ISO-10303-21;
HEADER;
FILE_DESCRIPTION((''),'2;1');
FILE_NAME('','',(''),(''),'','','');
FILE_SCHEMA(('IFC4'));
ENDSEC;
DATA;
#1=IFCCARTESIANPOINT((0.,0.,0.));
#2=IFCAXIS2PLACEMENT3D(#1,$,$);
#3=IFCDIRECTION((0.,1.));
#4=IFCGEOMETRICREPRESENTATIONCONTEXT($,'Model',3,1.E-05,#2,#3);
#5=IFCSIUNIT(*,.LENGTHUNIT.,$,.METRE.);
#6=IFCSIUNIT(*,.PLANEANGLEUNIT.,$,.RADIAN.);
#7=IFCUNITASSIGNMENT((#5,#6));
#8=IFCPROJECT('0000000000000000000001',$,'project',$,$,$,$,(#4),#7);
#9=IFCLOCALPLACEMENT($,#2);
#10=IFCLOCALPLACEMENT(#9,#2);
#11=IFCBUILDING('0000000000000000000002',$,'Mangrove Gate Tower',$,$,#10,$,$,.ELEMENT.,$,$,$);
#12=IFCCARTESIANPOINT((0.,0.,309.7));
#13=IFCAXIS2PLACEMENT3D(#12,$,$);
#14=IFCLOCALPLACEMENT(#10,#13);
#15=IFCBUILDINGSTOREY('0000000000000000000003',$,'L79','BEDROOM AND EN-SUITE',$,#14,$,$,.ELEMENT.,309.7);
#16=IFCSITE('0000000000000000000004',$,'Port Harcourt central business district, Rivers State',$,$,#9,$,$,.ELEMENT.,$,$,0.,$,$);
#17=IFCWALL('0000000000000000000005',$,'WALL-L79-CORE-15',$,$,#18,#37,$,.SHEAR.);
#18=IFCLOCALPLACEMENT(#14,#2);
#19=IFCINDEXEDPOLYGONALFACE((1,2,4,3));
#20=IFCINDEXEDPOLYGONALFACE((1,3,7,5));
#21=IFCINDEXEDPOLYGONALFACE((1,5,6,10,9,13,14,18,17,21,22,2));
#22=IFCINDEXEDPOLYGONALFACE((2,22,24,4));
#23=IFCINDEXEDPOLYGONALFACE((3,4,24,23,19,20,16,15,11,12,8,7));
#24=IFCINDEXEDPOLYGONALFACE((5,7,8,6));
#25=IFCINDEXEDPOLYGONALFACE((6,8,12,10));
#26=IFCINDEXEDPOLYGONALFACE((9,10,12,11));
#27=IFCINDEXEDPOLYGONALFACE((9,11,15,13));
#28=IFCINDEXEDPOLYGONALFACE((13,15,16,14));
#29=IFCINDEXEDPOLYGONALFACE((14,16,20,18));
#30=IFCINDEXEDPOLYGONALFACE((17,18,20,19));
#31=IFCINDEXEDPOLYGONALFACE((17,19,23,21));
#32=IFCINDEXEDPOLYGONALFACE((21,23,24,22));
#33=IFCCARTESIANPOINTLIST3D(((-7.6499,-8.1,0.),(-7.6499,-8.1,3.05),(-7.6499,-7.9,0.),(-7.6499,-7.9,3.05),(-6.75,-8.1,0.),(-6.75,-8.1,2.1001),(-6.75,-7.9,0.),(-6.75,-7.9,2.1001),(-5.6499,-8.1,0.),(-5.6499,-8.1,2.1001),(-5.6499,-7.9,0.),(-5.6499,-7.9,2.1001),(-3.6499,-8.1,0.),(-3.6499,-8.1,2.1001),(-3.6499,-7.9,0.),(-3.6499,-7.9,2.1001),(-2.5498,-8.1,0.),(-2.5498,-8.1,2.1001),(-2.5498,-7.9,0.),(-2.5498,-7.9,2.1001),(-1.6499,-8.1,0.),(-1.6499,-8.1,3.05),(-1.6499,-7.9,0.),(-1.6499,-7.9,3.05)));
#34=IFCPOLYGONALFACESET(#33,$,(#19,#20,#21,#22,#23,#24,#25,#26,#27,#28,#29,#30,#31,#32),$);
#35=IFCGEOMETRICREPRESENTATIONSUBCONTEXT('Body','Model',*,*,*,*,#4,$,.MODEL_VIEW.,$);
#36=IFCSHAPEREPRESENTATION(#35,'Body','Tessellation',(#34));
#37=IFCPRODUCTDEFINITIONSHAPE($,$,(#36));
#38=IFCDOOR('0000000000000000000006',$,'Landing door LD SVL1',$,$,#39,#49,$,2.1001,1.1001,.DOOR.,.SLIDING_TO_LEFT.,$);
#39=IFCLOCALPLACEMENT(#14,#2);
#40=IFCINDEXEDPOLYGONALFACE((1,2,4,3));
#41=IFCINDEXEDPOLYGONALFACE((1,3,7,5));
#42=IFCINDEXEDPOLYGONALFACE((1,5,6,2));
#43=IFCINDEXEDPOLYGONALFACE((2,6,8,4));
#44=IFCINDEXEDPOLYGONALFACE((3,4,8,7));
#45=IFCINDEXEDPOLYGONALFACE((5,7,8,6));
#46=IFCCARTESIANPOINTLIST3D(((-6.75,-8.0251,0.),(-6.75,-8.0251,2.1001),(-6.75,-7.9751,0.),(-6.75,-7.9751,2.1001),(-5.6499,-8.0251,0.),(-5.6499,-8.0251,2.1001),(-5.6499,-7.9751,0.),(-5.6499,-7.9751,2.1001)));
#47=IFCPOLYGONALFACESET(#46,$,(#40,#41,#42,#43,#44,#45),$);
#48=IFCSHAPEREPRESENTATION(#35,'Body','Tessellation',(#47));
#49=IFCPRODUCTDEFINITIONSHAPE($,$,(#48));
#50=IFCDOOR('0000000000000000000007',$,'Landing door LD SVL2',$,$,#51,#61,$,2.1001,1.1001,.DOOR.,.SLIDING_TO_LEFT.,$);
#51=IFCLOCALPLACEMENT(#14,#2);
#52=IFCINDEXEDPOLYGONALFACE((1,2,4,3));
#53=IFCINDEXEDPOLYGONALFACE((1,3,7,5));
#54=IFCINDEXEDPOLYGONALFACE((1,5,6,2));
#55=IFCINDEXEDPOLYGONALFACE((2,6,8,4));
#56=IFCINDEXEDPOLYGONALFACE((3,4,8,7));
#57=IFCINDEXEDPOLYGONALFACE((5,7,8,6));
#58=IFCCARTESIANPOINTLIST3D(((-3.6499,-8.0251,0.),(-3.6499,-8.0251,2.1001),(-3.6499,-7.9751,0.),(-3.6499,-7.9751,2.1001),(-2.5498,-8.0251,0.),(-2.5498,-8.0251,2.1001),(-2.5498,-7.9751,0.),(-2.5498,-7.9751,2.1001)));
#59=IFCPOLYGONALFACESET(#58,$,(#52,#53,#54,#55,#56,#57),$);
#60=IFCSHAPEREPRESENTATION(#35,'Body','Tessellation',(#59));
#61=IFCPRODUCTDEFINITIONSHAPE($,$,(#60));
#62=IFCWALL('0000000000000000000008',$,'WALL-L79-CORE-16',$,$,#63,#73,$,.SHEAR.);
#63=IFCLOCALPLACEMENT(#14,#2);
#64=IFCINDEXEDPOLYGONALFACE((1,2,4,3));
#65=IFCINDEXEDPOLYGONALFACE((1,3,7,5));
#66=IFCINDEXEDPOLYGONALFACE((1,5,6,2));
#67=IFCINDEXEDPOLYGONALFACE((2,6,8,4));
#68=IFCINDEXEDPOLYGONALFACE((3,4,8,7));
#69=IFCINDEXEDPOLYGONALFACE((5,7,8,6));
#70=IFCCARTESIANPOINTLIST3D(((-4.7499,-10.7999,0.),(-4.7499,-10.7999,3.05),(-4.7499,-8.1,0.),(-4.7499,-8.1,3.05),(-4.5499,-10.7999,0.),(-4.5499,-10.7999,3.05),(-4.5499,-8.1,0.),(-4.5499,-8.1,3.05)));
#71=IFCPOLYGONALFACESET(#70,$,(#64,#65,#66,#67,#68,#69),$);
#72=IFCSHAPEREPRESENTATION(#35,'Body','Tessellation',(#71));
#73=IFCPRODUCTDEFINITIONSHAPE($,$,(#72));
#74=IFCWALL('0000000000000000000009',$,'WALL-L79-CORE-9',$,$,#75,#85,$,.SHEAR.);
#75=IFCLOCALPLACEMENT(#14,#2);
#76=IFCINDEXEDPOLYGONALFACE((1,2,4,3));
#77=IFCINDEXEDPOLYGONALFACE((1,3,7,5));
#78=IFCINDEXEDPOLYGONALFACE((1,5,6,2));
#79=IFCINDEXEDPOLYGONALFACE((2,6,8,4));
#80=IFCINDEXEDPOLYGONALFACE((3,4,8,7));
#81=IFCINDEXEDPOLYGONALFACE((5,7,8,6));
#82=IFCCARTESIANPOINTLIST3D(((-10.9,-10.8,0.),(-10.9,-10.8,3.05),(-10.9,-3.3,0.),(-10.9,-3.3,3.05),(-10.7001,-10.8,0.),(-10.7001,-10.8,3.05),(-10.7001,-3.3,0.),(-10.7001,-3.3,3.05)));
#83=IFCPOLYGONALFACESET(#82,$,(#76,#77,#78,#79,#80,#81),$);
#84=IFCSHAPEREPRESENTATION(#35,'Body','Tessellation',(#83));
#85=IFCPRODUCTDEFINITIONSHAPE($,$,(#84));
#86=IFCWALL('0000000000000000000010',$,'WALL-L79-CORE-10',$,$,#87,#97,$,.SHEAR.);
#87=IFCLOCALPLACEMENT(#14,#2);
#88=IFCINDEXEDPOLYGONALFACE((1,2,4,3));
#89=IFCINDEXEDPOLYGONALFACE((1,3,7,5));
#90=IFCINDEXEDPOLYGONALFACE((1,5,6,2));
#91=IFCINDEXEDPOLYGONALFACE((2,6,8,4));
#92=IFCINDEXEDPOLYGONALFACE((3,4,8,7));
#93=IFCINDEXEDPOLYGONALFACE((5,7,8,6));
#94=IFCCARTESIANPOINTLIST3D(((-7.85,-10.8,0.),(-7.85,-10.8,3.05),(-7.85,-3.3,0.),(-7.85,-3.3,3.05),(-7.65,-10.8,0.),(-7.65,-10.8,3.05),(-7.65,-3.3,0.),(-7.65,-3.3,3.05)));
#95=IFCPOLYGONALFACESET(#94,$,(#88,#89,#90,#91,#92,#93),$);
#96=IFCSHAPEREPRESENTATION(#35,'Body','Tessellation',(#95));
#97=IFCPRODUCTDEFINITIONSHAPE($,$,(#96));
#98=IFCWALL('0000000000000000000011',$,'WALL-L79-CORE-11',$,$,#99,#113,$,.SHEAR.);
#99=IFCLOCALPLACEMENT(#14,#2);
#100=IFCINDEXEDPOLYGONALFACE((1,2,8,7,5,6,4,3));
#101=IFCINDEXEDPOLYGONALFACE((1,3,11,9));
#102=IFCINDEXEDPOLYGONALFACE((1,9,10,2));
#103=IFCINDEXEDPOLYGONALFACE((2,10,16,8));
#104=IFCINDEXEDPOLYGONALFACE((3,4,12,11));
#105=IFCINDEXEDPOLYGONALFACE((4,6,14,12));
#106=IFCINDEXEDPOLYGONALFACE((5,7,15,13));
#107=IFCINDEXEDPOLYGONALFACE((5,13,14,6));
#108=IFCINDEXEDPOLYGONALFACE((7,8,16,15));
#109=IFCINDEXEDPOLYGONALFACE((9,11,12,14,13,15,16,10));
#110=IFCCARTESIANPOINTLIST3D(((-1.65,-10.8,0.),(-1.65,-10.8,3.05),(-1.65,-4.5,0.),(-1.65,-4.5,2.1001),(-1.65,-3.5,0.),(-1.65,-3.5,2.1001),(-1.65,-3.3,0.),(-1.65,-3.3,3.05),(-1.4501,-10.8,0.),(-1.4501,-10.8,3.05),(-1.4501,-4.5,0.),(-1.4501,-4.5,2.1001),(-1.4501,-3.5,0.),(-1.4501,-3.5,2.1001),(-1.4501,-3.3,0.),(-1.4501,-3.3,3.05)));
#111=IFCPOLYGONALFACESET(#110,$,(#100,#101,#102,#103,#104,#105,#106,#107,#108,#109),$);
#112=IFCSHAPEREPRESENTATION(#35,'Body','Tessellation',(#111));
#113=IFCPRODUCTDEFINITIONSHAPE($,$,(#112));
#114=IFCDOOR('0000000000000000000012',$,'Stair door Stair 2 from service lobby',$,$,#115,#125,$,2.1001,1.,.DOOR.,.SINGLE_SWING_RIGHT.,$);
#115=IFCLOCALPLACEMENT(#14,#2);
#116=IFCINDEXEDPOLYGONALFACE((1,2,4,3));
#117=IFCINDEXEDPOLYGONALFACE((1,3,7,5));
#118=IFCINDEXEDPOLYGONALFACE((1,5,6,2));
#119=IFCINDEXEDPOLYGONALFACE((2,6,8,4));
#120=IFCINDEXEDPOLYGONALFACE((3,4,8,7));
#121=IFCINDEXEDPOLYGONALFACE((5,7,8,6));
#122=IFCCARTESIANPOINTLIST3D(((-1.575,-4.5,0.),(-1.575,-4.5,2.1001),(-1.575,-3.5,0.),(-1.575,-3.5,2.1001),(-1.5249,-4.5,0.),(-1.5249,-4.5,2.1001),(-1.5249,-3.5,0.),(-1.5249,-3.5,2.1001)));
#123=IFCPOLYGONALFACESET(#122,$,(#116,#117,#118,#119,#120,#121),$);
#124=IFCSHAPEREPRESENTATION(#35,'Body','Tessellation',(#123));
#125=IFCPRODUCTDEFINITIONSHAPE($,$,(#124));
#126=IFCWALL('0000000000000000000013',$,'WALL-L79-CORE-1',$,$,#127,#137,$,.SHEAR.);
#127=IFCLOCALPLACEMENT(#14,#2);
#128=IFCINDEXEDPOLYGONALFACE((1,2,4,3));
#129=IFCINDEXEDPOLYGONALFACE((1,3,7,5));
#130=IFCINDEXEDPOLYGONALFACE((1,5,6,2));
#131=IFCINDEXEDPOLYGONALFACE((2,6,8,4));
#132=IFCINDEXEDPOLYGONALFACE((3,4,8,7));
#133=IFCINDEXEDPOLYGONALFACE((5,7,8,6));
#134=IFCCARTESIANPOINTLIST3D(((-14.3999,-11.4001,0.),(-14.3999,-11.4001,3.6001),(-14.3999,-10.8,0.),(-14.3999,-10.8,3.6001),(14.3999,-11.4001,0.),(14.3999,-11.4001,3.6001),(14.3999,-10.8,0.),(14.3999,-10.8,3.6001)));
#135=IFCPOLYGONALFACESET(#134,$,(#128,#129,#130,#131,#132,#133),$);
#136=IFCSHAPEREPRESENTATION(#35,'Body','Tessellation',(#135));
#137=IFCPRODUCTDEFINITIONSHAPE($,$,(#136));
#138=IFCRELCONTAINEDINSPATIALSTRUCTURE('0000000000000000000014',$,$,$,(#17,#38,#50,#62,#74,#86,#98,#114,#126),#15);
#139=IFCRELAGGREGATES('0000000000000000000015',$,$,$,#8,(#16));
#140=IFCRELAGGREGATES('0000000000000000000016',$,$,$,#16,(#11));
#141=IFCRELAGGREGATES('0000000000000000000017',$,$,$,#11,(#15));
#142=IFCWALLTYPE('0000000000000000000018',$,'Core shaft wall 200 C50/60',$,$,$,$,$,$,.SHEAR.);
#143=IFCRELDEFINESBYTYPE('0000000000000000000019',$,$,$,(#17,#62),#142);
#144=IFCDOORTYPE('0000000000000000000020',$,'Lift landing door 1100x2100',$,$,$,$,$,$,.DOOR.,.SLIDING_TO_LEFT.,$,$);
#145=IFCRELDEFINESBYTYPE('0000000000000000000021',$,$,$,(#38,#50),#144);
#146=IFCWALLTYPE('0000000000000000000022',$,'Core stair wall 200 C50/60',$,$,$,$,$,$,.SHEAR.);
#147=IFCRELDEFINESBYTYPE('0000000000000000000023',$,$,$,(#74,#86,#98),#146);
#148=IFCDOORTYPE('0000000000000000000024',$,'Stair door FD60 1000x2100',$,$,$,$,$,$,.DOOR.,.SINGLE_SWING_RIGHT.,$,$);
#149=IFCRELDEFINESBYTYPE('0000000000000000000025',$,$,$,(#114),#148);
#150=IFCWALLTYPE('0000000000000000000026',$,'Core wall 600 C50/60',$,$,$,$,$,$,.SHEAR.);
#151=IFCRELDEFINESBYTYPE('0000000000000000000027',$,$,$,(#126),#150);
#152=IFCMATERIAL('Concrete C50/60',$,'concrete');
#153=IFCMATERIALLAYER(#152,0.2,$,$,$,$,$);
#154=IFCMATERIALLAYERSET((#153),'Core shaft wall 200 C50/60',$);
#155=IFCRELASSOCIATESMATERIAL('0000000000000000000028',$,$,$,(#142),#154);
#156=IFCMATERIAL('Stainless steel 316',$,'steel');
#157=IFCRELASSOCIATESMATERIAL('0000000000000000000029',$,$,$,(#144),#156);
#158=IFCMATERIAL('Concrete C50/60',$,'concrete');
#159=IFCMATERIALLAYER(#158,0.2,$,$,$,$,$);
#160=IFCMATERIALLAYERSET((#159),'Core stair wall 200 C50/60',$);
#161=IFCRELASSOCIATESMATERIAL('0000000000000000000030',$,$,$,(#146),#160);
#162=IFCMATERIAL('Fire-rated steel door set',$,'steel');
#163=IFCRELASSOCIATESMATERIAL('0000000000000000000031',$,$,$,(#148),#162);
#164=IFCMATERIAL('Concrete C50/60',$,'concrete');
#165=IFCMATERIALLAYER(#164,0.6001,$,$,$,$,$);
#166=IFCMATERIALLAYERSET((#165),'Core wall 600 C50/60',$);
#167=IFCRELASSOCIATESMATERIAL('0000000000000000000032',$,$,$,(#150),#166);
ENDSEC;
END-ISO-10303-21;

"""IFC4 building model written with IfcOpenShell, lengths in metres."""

from ifc_helpers import new_model, si_unit, direction, frame, frame_2d, origin, place, context, subcontext, project, spatial, rectangle, extrude, material, layer, layer_set, type_object, element, fill, save


model = new_model("IFC4")

# Units and contexts
model_context = context("Model", 3, precision=1e-05, world=origin(), true_north=direction((0.0, 1.0)))
body_context = subcontext(model_context, "Body", "Model", "MODEL_VIEW")
ifc_project = project(units=[si_unit("LENGTHUNIT", "METRE"), si_unit("PLANEANGLEUNIT", "RADIAN")], contexts=[model_context])

# Site, building, storey
site_placement = place(None, origin())
site = spatial("IfcSite", under=ifc_project, at=site_placement, Name="Port Harcourt central business district, Rivers State", CompositionType="ELEMENT", RefElevation=0.0)
building_placement = place(site_placement, origin())
building = spatial("IfcBuilding", under=site, at=building_placement, Name="Mangrove Gate Tower", CompositionType="ELEMENT")
storey_placement = place(building_placement, frame((0.0, 0.0, 309.7)))
storey = spatial("IfcBuildingStorey", under=building, at=storey_placement, Name="L79", Description="BEDROOM AND EN-SUITE", CompositionType="ELEMENT", Elevation=309.7)

# Wall, openings, doors
ifc_material_1 = material(Name="Concrete C50/60", Category="concrete")
ifc_layer_1 = layer(ifc_material_1, 0.2)
ifc_layer_set_1 = layer_set([ifc_layer_1], Name="Core shaft wall 200 C50/60")
wall_type_1 = type_object("IfcWallType", Name="Core shaft wall 200 C50/60", PredefinedType="SHEAR", material=ifc_layer_set_1)
wall_1_placement = place(storey_placement, frame((-7.6499, -8.0, 0.0), z_axis=(0.0, 0.0, 1.0), x_axis=(1.0, 0.0, 0.0)))
wall_1 = element("IfcWall", 1, at=wall_1_placement, inside=storey, type_object=wall_type_1, Name="WALL-L79-CORE-15", PredefinedType="SHEAR", context=body_context, shape_type="SweptSolid", body=[
    extrude(rectangle(XDim=6.0, YDim=0.2, at=frame_2d((3.0, 0.0))), origin(), (0.0, 0.0, 1.0), 3.05),
])
opening_1_placement = place(wall_1_placement, frame((0.8999, 0.0, 0.0)))
opening_1 = element("IfcOpeningElement", 2, at=opening_1_placement, cuts=wall_1, PredefinedType="OPENING", context=body_context, shape_type="SweptSolid", body=[
    extrude(rectangle(XDim=1.1001, YDim=2.1001, at=frame_2d((0.55, 1.05))), frame((0.0, 0.1099, 0.0), z_axis=(0.0, -1.0, 0.0), x_axis=(1.0, 0.0, 0.0)), (0.0, 0.0, 1.0), 0.22),
])
opening_2_placement = place(wall_1_placement, frame((4.0, 0.0, 0.0)))
opening_2 = element("IfcOpeningElement", 3, at=opening_2_placement, cuts=wall_1, PredefinedType="OPENING", context=body_context, shape_type="SweptSolid", body=[
    extrude(rectangle(XDim=1.1001, YDim=2.1001, at=frame_2d((0.55, 1.05))), frame((0.0, 0.1099, 0.0), z_axis=(0.0, -1.0, 0.0), x_axis=(1.0, 0.0, 0.0)), (0.0, 0.0, 1.0), 0.22),
])
ifc_material_2 = material(Name="Stainless steel 316", Category="steel")
door_type_1 = type_object("IfcDoorType", Name="Lift landing door 1100x2100", OperationType="SLIDING_TO_LEFT", PredefinedType="DOOR", material=ifc_material_2)
door_1_placement = place(opening_1_placement, origin())
door_1 = element("IfcDoor", 4, at=door_1_placement, inside=storey, type_object=door_type_1, Name="Landing door LD SVL1", OperationType="SLIDING_TO_LEFT", OverallHeight=2.1001, OverallWidth=1.1001, PredefinedType="DOOR", context=body_context, shape_type="SweptSolid", body=[
    extrude(rectangle(XDim=1.1001, YDim=2.1001, at=frame_2d((0.55, 1.05))), frame((0.0, 0.0249, 0.0), z_axis=(0.0, -1.0, 0.0), x_axis=(1.0, 0.0, 0.0)), (0.0, 0.0, 1.0), 0.05),
])
fill(opening_1, door_1)
door_2_placement = place(opening_2_placement, origin())
door_2 = element("IfcDoor", 5, at=door_2_placement, inside=storey, type_object=door_type_1, Name="Landing door LD SVL2", OperationType="SLIDING_TO_LEFT", OverallHeight=2.1001, OverallWidth=1.1001, PredefinedType="DOOR", context=body_context, shape_type="SweptSolid", body=[
    extrude(rectangle(XDim=1.1001, YDim=2.1001, at=frame_2d((0.55, 1.05))), frame((0.0, 0.0249, 0.0), z_axis=(0.0, -1.0, 0.0), x_axis=(1.0, 0.0, 0.0)), (0.0, 0.0, 1.0), 0.05),
])
fill(opening_2, door_2)

# Walls
wall_2_placement = place(storey_placement, frame((-4.6499, -10.8, 0.0), z_axis=(0.0, 0.0, 1.0), x_axis=(0.0, 1.0, 0.0)))
element("IfcWall", 6, at=wall_2_placement, inside=storey, type_object=wall_type_1, Name="WALL-L79-CORE-16", PredefinedType="SHEAR", context=body_context, shape_type="SweptSolid", body=[
    extrude(rectangle(XDim=2.7, YDim=0.2, at=frame_2d((1.3501, 0.0))), origin(), (0.0, 0.0, 1.0), 3.05),
])
ifc_material_3 = material(Name="Concrete C50/60", Category="concrete")
ifc_layer_2 = layer(ifc_material_3, 0.2)
ifc_layer_set_2 = layer_set([ifc_layer_2], Name="Core stair wall 200 C50/60")
wall_type_2 = type_object("IfcWallType", Name="Core stair wall 200 C50/60", PredefinedType="SHEAR", material=ifc_layer_set_2)
for number, where, z_axis, x_axis, name in (
    (7, (-10.8, -10.8, 0.0), (0.0, 0.0, 1.0), (0.0, 1.0, 0.0), "WALL-L79-CORE-9"),
    (8, (-7.75, -10.8, 0.0), (0.0, 0.0, 1.0), (0.0, 1.0, 0.0), "WALL-L79-CORE-10"),
):
    element("IfcWall", number, at=place(storey_placement, frame(where, z_axis=z_axis, x_axis=x_axis)), inside=storey, type_object=wall_type_2, Name=name, PredefinedType="SHEAR", context=body_context, shape_type="SweptSolid", body=[
        extrude(rectangle(XDim=7.5, YDim=0.2, at=frame_2d((3.75, 0.0))), origin(), (0.0, 0.0, 1.0), 3.05),
    ])

# Wall, opening, door
wall_3_placement = place(storey_placement, frame((-1.55, -10.8, 0.0), z_axis=(0.0, 0.0, 1.0), x_axis=(0.0, 1.0, 0.0)))
wall_3 = element("IfcWall", 9, at=wall_3_placement, inside=storey, type_object=wall_type_2, Name="WALL-L79-CORE-11", PredefinedType="SHEAR", context=body_context, shape_type="SweptSolid", body=[
    extrude(rectangle(XDim=7.5, YDim=0.2, at=frame_2d((3.75, 0.0))), origin(), (0.0, 0.0, 1.0), 3.05),
])
opening_3_placement = place(wall_3_placement, frame((6.3, 0.0, 0.0)))
opening_3 = element("IfcOpeningElement", 10, at=opening_3_placement, cuts=wall_3, PredefinedType="OPENING", context=body_context, shape_type="SweptSolid", body=[
    extrude(rectangle(XDim=1.0, YDim=2.1001, at=frame_2d((0.5, 1.05))), frame((0.0, 0.1099, 0.0), z_axis=(0.0, -1.0, 0.0), x_axis=(1.0, 0.0, 0.0)), (0.0, 0.0, 1.0), 0.22),
])
ifc_material_4 = material(Name="Fire-rated steel door set", Category="steel")
door_type_2 = type_object("IfcDoorType", Name="Stair door FD60 1000x2100", OperationType="SINGLE_SWING_RIGHT", PredefinedType="DOOR", material=ifc_material_4)
door_3_placement = place(opening_3_placement, origin())
door_3 = element("IfcDoor", 11, at=door_3_placement, inside=storey, type_object=door_type_2, Name="Stair door Stair 2 from service lobby", OperationType="SINGLE_SWING_RIGHT", OverallHeight=2.1001, OverallWidth=1.0, PredefinedType="DOOR", context=body_context, shape_type="SweptSolid", body=[
    extrude(rectangle(XDim=1.0, YDim=2.1001, at=frame_2d((0.5, 1.05))), frame((0.0, 0.0249, 0.0), z_axis=(0.0, -1.0, 0.0), x_axis=(1.0, 0.0, 0.0)), (0.0, 0.0, 1.0), 0.05),
])
fill(opening_3, door_3)

# Wall
ifc_material_5 = material(Name="Concrete C50/60", Category="concrete")
ifc_layer_3 = layer(ifc_material_5, 0.6001)
ifc_layer_set_3 = layer_set([ifc_layer_3], Name="Core wall 600 C50/60")
wall_type_3 = type_object("IfcWallType", Name="Core wall 600 C50/60", PredefinedType="SHEAR", material=ifc_layer_set_3)
wall_4_placement = place(storey_placement, frame((-14.3999, -11.1001, 0.0), z_axis=(0.0, 0.0, 1.0), x_axis=(1.0, 0.0, 0.0)))
element("IfcWall", 12, at=wall_4_placement, inside=storey, type_object=wall_type_3, Name="WALL-L79-CORE-1", PredefinedType="SHEAR", context=body_context, shape_type="SweptSolid", body=[
    extrude(rectangle(XDim=28.7998, YDim=0.6001, at=frame_2d((14.3999, 0.0))), origin(), (0.0, 0.0, 1.0), 3.6001),
])

save(model, "model.ifc")
